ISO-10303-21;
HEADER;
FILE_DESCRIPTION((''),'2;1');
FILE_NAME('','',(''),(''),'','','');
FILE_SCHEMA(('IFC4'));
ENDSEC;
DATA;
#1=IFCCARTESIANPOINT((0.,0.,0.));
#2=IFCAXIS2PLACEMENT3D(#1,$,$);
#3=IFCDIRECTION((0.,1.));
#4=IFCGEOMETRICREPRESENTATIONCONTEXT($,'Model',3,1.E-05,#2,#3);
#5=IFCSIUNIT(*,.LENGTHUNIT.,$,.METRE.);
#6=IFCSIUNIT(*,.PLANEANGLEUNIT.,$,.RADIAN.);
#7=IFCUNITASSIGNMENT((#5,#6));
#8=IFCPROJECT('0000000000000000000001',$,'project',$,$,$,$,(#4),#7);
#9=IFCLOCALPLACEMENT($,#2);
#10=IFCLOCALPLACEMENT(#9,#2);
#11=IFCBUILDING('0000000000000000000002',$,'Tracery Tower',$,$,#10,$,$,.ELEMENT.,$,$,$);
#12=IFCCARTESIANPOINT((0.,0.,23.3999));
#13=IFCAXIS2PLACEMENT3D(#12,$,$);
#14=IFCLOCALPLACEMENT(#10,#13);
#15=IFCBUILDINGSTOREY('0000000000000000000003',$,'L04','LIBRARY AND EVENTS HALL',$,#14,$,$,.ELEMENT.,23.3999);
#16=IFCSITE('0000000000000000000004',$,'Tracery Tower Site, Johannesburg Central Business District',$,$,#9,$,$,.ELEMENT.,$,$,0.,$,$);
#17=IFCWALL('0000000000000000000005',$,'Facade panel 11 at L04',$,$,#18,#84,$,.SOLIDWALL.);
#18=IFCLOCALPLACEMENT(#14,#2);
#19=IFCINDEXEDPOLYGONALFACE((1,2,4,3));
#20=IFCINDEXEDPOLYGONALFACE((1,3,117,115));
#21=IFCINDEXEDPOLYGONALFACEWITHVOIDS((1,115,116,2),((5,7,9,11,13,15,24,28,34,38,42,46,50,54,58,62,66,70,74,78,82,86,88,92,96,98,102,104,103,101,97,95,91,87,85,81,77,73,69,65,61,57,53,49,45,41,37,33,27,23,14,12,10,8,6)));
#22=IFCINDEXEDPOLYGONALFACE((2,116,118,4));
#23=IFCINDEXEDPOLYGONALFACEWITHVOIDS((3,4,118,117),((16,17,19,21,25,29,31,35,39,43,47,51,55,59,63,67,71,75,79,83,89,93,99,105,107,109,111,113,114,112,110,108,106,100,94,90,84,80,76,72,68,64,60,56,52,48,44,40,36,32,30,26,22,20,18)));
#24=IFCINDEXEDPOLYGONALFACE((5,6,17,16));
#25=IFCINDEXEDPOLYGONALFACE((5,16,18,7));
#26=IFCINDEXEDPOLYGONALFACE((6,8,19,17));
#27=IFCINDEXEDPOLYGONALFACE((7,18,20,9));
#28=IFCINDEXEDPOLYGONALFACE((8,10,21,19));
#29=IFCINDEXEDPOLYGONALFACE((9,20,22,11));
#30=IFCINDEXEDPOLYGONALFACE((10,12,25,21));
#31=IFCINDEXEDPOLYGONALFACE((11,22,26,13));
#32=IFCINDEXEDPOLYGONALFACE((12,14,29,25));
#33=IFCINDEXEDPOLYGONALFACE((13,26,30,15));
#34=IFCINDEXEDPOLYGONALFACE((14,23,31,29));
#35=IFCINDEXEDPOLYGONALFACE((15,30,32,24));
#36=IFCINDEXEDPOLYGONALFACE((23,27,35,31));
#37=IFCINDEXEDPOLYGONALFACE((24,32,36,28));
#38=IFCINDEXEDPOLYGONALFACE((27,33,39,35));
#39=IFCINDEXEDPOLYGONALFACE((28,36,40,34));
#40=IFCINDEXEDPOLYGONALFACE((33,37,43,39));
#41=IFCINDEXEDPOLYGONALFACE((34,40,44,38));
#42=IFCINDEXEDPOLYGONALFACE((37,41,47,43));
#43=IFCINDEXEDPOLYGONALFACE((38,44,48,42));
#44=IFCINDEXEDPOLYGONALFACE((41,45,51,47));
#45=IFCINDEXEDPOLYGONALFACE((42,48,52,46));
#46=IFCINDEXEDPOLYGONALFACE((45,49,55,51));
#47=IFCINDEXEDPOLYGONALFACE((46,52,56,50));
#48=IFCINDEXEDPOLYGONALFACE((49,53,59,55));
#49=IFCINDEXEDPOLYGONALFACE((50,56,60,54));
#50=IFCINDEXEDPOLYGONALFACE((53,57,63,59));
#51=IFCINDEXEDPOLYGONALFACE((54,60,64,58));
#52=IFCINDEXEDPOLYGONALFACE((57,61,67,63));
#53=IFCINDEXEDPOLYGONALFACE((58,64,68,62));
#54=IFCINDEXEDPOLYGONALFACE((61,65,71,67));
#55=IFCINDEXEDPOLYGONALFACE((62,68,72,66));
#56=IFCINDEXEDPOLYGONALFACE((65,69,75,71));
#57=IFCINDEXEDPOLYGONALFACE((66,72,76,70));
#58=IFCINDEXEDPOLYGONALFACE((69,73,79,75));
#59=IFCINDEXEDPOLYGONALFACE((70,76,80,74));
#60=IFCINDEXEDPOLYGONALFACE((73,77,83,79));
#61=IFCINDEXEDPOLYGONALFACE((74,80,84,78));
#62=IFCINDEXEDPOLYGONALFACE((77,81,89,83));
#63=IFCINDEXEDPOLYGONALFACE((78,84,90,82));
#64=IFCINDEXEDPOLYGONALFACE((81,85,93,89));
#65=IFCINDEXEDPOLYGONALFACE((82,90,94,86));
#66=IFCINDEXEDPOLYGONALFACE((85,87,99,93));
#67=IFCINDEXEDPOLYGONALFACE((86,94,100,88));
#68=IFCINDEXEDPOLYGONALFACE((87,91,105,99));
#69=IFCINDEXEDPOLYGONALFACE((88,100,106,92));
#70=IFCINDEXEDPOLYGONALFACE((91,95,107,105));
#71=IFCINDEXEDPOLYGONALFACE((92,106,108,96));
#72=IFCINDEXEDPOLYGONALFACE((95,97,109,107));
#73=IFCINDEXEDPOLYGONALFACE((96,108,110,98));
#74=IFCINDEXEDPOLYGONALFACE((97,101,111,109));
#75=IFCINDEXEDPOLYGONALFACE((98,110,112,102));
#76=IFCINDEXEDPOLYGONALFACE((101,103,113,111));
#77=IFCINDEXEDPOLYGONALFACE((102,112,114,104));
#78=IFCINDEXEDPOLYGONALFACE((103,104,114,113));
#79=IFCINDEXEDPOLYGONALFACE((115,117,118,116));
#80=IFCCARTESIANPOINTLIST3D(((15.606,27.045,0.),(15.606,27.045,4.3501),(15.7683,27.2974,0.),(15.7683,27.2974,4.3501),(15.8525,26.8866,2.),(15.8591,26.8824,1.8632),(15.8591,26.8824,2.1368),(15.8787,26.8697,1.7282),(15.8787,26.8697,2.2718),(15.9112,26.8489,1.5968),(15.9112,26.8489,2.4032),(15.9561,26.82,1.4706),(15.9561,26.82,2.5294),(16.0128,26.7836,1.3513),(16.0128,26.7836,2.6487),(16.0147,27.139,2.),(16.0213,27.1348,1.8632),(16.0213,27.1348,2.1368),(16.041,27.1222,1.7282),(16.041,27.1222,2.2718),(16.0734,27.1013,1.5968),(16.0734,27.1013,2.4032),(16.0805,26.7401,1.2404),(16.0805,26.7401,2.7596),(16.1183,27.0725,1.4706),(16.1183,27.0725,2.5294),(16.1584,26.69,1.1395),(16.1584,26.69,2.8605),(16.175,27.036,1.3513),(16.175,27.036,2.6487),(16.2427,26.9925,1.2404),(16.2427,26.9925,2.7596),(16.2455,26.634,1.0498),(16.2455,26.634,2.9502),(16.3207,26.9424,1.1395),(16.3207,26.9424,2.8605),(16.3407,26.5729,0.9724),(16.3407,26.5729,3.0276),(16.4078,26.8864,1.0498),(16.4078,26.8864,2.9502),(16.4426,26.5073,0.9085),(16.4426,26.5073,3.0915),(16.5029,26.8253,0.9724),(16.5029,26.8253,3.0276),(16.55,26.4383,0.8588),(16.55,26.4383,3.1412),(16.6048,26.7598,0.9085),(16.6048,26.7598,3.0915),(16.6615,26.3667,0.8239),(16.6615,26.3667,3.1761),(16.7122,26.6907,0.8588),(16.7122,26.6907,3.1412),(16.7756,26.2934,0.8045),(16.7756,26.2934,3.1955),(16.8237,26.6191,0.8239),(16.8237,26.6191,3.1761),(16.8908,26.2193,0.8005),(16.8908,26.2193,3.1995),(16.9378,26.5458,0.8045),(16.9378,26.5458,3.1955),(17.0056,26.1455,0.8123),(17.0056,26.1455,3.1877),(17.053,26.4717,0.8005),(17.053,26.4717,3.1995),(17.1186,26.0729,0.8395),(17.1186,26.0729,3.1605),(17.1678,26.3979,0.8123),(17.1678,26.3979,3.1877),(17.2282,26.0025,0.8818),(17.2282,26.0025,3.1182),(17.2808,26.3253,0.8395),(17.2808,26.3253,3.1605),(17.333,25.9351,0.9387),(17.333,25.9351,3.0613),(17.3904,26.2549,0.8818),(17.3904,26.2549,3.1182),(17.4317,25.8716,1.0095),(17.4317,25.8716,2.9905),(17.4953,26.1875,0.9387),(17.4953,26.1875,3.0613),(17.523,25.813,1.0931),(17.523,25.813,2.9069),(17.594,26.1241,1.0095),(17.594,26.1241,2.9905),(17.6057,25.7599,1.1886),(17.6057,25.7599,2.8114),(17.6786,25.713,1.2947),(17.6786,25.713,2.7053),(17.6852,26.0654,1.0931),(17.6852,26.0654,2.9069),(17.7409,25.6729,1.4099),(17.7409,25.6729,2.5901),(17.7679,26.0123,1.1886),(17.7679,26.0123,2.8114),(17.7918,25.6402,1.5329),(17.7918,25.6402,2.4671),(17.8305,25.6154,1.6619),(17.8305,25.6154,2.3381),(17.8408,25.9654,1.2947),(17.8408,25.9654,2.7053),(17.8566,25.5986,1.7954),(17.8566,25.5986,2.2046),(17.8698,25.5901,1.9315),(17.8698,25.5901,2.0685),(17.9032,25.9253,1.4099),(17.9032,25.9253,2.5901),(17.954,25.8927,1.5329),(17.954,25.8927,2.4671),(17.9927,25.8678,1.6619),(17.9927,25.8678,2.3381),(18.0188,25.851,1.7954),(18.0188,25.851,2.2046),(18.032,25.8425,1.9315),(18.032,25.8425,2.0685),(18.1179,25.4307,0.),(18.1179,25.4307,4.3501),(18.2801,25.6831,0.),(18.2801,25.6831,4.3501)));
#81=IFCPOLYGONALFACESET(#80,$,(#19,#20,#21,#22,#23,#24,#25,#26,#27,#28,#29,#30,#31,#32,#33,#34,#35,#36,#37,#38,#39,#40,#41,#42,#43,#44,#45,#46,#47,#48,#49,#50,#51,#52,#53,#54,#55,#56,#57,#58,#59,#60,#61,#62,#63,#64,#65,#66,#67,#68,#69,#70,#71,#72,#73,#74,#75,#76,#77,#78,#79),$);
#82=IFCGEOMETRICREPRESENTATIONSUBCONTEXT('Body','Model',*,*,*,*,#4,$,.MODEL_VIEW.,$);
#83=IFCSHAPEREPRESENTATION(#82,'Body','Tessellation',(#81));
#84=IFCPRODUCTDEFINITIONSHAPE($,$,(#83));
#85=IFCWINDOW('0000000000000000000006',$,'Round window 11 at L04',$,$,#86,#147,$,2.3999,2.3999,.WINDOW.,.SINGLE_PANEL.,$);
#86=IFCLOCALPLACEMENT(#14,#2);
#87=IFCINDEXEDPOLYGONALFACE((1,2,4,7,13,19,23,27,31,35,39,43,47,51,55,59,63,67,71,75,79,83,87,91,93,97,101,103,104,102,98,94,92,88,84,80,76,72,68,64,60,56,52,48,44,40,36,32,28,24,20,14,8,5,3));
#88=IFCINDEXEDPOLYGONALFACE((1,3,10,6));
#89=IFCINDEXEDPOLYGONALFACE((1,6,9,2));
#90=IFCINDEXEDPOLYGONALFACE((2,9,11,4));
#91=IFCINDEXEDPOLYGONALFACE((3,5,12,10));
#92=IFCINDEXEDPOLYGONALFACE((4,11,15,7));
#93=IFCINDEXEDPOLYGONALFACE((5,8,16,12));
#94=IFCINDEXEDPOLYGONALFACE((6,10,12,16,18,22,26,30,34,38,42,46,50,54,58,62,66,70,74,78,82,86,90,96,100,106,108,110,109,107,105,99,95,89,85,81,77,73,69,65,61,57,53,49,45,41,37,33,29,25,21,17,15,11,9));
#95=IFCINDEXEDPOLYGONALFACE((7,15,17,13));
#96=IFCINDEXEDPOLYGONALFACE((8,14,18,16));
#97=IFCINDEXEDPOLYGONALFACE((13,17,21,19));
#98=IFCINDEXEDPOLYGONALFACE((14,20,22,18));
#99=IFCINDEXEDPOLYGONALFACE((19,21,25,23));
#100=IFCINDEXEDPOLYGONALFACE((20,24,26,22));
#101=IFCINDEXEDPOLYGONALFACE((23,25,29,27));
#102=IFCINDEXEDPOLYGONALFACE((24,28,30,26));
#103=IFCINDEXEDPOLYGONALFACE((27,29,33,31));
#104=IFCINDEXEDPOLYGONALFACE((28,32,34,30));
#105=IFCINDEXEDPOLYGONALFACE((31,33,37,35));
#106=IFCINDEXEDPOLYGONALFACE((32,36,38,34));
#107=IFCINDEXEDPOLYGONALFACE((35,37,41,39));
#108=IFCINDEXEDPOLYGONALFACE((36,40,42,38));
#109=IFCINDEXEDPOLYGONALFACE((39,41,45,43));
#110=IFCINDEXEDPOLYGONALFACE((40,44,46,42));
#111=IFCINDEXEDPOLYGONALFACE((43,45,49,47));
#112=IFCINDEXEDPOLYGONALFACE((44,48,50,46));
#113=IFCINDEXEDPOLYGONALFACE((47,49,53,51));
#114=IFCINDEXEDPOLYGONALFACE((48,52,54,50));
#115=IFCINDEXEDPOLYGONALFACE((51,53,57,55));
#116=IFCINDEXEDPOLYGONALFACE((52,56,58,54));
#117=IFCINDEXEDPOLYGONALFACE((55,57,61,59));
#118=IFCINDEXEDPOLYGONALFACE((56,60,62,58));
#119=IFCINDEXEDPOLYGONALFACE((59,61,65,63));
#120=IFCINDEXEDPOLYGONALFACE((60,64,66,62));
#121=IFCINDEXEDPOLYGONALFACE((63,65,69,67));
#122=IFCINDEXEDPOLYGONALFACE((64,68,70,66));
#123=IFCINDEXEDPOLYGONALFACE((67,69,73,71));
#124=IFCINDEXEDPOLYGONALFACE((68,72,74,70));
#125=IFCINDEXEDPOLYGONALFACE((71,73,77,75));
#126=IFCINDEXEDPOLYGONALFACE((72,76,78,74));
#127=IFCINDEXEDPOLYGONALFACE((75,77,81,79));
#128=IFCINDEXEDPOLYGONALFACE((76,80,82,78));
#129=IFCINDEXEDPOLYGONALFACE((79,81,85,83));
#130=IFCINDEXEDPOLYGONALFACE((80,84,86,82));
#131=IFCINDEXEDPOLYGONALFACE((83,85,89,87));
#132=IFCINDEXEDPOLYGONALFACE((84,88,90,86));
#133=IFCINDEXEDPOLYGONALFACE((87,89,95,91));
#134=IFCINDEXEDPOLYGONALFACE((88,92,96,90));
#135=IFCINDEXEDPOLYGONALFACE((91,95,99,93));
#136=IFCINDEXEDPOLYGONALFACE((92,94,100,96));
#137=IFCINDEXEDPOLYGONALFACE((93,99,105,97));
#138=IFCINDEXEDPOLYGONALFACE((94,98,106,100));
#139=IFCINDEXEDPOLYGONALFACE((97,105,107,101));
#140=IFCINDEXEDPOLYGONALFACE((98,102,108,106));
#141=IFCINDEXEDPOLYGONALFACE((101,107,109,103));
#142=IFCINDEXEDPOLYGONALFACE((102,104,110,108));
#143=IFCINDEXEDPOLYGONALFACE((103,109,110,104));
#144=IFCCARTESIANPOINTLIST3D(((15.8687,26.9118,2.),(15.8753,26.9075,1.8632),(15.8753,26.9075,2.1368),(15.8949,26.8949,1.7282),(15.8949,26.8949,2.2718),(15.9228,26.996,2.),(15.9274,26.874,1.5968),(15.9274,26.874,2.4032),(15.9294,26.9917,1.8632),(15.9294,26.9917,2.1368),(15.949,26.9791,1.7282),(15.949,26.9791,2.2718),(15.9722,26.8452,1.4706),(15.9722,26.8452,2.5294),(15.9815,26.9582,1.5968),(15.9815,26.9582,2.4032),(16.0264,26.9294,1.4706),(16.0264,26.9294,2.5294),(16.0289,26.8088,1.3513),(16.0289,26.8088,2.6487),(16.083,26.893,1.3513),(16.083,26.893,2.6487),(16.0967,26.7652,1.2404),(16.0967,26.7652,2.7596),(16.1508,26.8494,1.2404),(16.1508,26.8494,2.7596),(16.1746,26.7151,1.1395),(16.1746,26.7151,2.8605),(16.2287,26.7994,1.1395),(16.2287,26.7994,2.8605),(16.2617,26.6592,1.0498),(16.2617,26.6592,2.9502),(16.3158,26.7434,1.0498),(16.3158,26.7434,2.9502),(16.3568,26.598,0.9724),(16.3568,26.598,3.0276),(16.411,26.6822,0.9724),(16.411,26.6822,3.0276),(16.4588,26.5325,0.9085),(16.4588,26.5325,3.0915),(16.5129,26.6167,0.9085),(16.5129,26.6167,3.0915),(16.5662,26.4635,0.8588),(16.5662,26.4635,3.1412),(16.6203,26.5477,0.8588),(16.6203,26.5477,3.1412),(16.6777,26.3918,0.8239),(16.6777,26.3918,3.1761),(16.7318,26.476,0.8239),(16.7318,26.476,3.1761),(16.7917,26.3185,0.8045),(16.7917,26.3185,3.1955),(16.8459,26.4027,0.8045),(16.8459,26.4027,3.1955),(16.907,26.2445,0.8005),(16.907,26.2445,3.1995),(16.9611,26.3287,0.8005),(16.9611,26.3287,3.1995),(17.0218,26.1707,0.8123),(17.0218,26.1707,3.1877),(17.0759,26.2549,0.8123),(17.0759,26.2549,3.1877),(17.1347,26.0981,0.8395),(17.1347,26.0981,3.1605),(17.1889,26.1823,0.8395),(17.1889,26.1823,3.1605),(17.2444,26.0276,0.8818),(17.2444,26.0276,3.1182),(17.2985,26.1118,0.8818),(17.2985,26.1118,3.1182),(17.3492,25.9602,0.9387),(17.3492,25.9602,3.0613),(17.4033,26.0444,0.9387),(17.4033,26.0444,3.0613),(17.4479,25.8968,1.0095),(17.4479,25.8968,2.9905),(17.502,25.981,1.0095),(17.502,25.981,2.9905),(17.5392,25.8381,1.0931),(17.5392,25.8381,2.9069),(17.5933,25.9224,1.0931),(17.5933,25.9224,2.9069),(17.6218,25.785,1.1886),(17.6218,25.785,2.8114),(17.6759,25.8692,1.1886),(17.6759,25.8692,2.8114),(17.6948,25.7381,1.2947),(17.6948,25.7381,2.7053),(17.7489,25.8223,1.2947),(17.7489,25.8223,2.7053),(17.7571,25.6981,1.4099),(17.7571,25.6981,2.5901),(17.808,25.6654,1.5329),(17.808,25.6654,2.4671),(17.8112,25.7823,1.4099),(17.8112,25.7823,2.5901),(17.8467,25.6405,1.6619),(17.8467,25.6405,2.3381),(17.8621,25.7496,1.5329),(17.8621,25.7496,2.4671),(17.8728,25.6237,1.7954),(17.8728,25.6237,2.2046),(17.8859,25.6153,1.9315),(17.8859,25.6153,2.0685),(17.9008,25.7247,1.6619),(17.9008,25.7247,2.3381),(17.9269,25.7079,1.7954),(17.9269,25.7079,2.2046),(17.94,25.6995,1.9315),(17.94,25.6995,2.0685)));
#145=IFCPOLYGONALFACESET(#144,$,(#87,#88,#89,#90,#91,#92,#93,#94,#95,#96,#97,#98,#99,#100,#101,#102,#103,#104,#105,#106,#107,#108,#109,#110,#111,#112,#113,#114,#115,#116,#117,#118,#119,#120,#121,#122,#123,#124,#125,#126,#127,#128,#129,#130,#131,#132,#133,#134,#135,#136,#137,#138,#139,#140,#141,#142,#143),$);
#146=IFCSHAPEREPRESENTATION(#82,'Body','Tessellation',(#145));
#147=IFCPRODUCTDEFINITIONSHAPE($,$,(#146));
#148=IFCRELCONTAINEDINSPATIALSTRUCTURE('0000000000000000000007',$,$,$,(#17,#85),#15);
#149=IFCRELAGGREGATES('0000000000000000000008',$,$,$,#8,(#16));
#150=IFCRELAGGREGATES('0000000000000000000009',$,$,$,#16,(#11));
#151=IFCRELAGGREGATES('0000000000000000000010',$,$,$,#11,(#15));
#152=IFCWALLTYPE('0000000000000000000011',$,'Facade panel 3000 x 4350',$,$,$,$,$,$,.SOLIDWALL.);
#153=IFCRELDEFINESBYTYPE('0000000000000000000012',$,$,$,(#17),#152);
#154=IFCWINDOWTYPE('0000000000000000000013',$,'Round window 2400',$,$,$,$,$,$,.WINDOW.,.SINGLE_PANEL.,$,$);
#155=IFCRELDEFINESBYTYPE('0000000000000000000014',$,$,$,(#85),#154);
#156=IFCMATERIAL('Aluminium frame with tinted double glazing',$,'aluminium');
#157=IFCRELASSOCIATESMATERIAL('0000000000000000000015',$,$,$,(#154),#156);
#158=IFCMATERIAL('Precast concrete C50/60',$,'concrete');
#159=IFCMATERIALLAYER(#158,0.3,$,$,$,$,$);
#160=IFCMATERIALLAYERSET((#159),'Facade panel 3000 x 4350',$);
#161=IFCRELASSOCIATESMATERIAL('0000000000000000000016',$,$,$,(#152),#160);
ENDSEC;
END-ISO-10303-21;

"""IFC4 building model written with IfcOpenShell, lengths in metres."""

from ifc_helpers import new_model, si_unit, direction, frame, frame_2d, origin, origin_2d, place, context, subcontext, project, spatial, rectangle, circle, extrude, material, layer, layer_set, type_object, element, fill, save


model = new_model("IFC4")

# Units and contexts
model_context = context("Model", 3, precision=1e-05, world=origin(), true_north=direction((0.0, 1.0)))
body_context = subcontext(model_context, "Body", "Model", "MODEL_VIEW")
ifc_project = project(units=[si_unit("LENGTHUNIT", "METRE"), si_unit("PLANEANGLEUNIT", "RADIAN")], contexts=[model_context])

# Site, building, storey
site_placement = place(None, origin())
site = spatial("IfcSite", under=ifc_project, at=site_placement, Name="Tracery Tower Site, Johannesburg Central Business District", CompositionType="ELEMENT", RefElevation=0.0)
building_placement = place(site_placement, origin())
building = spatial("IfcBuilding", under=site, at=building_placement, Name="Tracery Tower", CompositionType="ELEMENT")
storey_placement = place(building_placement, frame((0.0, 0.0, 23.3999)))
storey = spatial("IfcBuildingStorey", under=building, at=storey_placement, Name="L04", Description="LIBRARY AND EVENTS HALL", CompositionType="ELEMENT", Elevation=23.3999)

# Wall, opening, window
ifc_material_1 = material(Name="Aluminium frame with tinted double glazing", Category="aluminium")
window_type = type_object("IfcWindowType", Name="Round window 2400", PartitioningType="SINGLE_PANEL", PredefinedType="WINDOW", material=ifc_material_1)
ifc_material_2 = material(Name="Precast concrete C50/60", Category="concrete")
ifc_layer_1 = layer(ifc_material_2, 0.3)
ifc_layer_set_1 = layer_set([ifc_layer_1], Name="Facade panel 3000 x 4350")
wall_type_1 = type_object("IfcWallType", Name="Facade panel 3000 x 4350", PredefinedType="SOLIDWALL", material=ifc_layer_set_1)
wall_1_placement = place(storey_placement, frame((18.199, 25.5569, 0.0), z_axis=(0.0, 0.0, 1.0), x_axis=(-0.841242, 0.540658, 0.0)))
wall_1 = element("IfcWall", 1, at=wall_1_placement, inside=storey, type_object=wall_type_1, Name="Facade panel 11 at L04", PredefinedType="SOLIDWALL", context=body_context, shape_type="SweptSolid", body=[
    extrude(rectangle(XDim=2.9858, YDim=0.3, at=frame_2d((1.4929, 0.0))), origin(), (0.0, 0.0, 1.0), 4.3501),
])
opening_1_placement = place(wall_1_placement, frame((1.4929, 0.0, 2.0)))
opening_1 = element("IfcOpeningElement", 2, at=opening_1_placement, cuts=wall_1, PredefinedType="OPENING", context=body_context, shape_type="SweptSolid", body=[
    extrude(circle(Radius=1.2, at=origin_2d()), frame((0.0, 0.1599, 0.0), z_axis=(0.0, -1.0, 0.0), x_axis=(1.0, 0.0, 0.0)), (0.0, 0.0, 1.0), 0.3201),
])
window_1_placement = place(opening_1_placement, origin())
window_1 = element("IfcWindow", 3, at=window_1_placement, inside=storey, type_object=window_type, Name="Round window 11 at L04", OverallHeight=2.3999, OverallWidth=2.3999, PartitioningType="SINGLE_PANEL", PredefinedType="WINDOW", context=body_context, shape_type="SweptSolid", body=[
    extrude(circle(Radius=1.2, at=origin_2d()), frame((0.0, 0.1201, 0.0), z_axis=(0.0, -1.0, 0.0), x_axis=(1.0, 0.0, 0.0)), (0.0, 0.0, 1.0), 0.1001),
])
fill(opening_1, window_1)

save(model, "model.ifc")
